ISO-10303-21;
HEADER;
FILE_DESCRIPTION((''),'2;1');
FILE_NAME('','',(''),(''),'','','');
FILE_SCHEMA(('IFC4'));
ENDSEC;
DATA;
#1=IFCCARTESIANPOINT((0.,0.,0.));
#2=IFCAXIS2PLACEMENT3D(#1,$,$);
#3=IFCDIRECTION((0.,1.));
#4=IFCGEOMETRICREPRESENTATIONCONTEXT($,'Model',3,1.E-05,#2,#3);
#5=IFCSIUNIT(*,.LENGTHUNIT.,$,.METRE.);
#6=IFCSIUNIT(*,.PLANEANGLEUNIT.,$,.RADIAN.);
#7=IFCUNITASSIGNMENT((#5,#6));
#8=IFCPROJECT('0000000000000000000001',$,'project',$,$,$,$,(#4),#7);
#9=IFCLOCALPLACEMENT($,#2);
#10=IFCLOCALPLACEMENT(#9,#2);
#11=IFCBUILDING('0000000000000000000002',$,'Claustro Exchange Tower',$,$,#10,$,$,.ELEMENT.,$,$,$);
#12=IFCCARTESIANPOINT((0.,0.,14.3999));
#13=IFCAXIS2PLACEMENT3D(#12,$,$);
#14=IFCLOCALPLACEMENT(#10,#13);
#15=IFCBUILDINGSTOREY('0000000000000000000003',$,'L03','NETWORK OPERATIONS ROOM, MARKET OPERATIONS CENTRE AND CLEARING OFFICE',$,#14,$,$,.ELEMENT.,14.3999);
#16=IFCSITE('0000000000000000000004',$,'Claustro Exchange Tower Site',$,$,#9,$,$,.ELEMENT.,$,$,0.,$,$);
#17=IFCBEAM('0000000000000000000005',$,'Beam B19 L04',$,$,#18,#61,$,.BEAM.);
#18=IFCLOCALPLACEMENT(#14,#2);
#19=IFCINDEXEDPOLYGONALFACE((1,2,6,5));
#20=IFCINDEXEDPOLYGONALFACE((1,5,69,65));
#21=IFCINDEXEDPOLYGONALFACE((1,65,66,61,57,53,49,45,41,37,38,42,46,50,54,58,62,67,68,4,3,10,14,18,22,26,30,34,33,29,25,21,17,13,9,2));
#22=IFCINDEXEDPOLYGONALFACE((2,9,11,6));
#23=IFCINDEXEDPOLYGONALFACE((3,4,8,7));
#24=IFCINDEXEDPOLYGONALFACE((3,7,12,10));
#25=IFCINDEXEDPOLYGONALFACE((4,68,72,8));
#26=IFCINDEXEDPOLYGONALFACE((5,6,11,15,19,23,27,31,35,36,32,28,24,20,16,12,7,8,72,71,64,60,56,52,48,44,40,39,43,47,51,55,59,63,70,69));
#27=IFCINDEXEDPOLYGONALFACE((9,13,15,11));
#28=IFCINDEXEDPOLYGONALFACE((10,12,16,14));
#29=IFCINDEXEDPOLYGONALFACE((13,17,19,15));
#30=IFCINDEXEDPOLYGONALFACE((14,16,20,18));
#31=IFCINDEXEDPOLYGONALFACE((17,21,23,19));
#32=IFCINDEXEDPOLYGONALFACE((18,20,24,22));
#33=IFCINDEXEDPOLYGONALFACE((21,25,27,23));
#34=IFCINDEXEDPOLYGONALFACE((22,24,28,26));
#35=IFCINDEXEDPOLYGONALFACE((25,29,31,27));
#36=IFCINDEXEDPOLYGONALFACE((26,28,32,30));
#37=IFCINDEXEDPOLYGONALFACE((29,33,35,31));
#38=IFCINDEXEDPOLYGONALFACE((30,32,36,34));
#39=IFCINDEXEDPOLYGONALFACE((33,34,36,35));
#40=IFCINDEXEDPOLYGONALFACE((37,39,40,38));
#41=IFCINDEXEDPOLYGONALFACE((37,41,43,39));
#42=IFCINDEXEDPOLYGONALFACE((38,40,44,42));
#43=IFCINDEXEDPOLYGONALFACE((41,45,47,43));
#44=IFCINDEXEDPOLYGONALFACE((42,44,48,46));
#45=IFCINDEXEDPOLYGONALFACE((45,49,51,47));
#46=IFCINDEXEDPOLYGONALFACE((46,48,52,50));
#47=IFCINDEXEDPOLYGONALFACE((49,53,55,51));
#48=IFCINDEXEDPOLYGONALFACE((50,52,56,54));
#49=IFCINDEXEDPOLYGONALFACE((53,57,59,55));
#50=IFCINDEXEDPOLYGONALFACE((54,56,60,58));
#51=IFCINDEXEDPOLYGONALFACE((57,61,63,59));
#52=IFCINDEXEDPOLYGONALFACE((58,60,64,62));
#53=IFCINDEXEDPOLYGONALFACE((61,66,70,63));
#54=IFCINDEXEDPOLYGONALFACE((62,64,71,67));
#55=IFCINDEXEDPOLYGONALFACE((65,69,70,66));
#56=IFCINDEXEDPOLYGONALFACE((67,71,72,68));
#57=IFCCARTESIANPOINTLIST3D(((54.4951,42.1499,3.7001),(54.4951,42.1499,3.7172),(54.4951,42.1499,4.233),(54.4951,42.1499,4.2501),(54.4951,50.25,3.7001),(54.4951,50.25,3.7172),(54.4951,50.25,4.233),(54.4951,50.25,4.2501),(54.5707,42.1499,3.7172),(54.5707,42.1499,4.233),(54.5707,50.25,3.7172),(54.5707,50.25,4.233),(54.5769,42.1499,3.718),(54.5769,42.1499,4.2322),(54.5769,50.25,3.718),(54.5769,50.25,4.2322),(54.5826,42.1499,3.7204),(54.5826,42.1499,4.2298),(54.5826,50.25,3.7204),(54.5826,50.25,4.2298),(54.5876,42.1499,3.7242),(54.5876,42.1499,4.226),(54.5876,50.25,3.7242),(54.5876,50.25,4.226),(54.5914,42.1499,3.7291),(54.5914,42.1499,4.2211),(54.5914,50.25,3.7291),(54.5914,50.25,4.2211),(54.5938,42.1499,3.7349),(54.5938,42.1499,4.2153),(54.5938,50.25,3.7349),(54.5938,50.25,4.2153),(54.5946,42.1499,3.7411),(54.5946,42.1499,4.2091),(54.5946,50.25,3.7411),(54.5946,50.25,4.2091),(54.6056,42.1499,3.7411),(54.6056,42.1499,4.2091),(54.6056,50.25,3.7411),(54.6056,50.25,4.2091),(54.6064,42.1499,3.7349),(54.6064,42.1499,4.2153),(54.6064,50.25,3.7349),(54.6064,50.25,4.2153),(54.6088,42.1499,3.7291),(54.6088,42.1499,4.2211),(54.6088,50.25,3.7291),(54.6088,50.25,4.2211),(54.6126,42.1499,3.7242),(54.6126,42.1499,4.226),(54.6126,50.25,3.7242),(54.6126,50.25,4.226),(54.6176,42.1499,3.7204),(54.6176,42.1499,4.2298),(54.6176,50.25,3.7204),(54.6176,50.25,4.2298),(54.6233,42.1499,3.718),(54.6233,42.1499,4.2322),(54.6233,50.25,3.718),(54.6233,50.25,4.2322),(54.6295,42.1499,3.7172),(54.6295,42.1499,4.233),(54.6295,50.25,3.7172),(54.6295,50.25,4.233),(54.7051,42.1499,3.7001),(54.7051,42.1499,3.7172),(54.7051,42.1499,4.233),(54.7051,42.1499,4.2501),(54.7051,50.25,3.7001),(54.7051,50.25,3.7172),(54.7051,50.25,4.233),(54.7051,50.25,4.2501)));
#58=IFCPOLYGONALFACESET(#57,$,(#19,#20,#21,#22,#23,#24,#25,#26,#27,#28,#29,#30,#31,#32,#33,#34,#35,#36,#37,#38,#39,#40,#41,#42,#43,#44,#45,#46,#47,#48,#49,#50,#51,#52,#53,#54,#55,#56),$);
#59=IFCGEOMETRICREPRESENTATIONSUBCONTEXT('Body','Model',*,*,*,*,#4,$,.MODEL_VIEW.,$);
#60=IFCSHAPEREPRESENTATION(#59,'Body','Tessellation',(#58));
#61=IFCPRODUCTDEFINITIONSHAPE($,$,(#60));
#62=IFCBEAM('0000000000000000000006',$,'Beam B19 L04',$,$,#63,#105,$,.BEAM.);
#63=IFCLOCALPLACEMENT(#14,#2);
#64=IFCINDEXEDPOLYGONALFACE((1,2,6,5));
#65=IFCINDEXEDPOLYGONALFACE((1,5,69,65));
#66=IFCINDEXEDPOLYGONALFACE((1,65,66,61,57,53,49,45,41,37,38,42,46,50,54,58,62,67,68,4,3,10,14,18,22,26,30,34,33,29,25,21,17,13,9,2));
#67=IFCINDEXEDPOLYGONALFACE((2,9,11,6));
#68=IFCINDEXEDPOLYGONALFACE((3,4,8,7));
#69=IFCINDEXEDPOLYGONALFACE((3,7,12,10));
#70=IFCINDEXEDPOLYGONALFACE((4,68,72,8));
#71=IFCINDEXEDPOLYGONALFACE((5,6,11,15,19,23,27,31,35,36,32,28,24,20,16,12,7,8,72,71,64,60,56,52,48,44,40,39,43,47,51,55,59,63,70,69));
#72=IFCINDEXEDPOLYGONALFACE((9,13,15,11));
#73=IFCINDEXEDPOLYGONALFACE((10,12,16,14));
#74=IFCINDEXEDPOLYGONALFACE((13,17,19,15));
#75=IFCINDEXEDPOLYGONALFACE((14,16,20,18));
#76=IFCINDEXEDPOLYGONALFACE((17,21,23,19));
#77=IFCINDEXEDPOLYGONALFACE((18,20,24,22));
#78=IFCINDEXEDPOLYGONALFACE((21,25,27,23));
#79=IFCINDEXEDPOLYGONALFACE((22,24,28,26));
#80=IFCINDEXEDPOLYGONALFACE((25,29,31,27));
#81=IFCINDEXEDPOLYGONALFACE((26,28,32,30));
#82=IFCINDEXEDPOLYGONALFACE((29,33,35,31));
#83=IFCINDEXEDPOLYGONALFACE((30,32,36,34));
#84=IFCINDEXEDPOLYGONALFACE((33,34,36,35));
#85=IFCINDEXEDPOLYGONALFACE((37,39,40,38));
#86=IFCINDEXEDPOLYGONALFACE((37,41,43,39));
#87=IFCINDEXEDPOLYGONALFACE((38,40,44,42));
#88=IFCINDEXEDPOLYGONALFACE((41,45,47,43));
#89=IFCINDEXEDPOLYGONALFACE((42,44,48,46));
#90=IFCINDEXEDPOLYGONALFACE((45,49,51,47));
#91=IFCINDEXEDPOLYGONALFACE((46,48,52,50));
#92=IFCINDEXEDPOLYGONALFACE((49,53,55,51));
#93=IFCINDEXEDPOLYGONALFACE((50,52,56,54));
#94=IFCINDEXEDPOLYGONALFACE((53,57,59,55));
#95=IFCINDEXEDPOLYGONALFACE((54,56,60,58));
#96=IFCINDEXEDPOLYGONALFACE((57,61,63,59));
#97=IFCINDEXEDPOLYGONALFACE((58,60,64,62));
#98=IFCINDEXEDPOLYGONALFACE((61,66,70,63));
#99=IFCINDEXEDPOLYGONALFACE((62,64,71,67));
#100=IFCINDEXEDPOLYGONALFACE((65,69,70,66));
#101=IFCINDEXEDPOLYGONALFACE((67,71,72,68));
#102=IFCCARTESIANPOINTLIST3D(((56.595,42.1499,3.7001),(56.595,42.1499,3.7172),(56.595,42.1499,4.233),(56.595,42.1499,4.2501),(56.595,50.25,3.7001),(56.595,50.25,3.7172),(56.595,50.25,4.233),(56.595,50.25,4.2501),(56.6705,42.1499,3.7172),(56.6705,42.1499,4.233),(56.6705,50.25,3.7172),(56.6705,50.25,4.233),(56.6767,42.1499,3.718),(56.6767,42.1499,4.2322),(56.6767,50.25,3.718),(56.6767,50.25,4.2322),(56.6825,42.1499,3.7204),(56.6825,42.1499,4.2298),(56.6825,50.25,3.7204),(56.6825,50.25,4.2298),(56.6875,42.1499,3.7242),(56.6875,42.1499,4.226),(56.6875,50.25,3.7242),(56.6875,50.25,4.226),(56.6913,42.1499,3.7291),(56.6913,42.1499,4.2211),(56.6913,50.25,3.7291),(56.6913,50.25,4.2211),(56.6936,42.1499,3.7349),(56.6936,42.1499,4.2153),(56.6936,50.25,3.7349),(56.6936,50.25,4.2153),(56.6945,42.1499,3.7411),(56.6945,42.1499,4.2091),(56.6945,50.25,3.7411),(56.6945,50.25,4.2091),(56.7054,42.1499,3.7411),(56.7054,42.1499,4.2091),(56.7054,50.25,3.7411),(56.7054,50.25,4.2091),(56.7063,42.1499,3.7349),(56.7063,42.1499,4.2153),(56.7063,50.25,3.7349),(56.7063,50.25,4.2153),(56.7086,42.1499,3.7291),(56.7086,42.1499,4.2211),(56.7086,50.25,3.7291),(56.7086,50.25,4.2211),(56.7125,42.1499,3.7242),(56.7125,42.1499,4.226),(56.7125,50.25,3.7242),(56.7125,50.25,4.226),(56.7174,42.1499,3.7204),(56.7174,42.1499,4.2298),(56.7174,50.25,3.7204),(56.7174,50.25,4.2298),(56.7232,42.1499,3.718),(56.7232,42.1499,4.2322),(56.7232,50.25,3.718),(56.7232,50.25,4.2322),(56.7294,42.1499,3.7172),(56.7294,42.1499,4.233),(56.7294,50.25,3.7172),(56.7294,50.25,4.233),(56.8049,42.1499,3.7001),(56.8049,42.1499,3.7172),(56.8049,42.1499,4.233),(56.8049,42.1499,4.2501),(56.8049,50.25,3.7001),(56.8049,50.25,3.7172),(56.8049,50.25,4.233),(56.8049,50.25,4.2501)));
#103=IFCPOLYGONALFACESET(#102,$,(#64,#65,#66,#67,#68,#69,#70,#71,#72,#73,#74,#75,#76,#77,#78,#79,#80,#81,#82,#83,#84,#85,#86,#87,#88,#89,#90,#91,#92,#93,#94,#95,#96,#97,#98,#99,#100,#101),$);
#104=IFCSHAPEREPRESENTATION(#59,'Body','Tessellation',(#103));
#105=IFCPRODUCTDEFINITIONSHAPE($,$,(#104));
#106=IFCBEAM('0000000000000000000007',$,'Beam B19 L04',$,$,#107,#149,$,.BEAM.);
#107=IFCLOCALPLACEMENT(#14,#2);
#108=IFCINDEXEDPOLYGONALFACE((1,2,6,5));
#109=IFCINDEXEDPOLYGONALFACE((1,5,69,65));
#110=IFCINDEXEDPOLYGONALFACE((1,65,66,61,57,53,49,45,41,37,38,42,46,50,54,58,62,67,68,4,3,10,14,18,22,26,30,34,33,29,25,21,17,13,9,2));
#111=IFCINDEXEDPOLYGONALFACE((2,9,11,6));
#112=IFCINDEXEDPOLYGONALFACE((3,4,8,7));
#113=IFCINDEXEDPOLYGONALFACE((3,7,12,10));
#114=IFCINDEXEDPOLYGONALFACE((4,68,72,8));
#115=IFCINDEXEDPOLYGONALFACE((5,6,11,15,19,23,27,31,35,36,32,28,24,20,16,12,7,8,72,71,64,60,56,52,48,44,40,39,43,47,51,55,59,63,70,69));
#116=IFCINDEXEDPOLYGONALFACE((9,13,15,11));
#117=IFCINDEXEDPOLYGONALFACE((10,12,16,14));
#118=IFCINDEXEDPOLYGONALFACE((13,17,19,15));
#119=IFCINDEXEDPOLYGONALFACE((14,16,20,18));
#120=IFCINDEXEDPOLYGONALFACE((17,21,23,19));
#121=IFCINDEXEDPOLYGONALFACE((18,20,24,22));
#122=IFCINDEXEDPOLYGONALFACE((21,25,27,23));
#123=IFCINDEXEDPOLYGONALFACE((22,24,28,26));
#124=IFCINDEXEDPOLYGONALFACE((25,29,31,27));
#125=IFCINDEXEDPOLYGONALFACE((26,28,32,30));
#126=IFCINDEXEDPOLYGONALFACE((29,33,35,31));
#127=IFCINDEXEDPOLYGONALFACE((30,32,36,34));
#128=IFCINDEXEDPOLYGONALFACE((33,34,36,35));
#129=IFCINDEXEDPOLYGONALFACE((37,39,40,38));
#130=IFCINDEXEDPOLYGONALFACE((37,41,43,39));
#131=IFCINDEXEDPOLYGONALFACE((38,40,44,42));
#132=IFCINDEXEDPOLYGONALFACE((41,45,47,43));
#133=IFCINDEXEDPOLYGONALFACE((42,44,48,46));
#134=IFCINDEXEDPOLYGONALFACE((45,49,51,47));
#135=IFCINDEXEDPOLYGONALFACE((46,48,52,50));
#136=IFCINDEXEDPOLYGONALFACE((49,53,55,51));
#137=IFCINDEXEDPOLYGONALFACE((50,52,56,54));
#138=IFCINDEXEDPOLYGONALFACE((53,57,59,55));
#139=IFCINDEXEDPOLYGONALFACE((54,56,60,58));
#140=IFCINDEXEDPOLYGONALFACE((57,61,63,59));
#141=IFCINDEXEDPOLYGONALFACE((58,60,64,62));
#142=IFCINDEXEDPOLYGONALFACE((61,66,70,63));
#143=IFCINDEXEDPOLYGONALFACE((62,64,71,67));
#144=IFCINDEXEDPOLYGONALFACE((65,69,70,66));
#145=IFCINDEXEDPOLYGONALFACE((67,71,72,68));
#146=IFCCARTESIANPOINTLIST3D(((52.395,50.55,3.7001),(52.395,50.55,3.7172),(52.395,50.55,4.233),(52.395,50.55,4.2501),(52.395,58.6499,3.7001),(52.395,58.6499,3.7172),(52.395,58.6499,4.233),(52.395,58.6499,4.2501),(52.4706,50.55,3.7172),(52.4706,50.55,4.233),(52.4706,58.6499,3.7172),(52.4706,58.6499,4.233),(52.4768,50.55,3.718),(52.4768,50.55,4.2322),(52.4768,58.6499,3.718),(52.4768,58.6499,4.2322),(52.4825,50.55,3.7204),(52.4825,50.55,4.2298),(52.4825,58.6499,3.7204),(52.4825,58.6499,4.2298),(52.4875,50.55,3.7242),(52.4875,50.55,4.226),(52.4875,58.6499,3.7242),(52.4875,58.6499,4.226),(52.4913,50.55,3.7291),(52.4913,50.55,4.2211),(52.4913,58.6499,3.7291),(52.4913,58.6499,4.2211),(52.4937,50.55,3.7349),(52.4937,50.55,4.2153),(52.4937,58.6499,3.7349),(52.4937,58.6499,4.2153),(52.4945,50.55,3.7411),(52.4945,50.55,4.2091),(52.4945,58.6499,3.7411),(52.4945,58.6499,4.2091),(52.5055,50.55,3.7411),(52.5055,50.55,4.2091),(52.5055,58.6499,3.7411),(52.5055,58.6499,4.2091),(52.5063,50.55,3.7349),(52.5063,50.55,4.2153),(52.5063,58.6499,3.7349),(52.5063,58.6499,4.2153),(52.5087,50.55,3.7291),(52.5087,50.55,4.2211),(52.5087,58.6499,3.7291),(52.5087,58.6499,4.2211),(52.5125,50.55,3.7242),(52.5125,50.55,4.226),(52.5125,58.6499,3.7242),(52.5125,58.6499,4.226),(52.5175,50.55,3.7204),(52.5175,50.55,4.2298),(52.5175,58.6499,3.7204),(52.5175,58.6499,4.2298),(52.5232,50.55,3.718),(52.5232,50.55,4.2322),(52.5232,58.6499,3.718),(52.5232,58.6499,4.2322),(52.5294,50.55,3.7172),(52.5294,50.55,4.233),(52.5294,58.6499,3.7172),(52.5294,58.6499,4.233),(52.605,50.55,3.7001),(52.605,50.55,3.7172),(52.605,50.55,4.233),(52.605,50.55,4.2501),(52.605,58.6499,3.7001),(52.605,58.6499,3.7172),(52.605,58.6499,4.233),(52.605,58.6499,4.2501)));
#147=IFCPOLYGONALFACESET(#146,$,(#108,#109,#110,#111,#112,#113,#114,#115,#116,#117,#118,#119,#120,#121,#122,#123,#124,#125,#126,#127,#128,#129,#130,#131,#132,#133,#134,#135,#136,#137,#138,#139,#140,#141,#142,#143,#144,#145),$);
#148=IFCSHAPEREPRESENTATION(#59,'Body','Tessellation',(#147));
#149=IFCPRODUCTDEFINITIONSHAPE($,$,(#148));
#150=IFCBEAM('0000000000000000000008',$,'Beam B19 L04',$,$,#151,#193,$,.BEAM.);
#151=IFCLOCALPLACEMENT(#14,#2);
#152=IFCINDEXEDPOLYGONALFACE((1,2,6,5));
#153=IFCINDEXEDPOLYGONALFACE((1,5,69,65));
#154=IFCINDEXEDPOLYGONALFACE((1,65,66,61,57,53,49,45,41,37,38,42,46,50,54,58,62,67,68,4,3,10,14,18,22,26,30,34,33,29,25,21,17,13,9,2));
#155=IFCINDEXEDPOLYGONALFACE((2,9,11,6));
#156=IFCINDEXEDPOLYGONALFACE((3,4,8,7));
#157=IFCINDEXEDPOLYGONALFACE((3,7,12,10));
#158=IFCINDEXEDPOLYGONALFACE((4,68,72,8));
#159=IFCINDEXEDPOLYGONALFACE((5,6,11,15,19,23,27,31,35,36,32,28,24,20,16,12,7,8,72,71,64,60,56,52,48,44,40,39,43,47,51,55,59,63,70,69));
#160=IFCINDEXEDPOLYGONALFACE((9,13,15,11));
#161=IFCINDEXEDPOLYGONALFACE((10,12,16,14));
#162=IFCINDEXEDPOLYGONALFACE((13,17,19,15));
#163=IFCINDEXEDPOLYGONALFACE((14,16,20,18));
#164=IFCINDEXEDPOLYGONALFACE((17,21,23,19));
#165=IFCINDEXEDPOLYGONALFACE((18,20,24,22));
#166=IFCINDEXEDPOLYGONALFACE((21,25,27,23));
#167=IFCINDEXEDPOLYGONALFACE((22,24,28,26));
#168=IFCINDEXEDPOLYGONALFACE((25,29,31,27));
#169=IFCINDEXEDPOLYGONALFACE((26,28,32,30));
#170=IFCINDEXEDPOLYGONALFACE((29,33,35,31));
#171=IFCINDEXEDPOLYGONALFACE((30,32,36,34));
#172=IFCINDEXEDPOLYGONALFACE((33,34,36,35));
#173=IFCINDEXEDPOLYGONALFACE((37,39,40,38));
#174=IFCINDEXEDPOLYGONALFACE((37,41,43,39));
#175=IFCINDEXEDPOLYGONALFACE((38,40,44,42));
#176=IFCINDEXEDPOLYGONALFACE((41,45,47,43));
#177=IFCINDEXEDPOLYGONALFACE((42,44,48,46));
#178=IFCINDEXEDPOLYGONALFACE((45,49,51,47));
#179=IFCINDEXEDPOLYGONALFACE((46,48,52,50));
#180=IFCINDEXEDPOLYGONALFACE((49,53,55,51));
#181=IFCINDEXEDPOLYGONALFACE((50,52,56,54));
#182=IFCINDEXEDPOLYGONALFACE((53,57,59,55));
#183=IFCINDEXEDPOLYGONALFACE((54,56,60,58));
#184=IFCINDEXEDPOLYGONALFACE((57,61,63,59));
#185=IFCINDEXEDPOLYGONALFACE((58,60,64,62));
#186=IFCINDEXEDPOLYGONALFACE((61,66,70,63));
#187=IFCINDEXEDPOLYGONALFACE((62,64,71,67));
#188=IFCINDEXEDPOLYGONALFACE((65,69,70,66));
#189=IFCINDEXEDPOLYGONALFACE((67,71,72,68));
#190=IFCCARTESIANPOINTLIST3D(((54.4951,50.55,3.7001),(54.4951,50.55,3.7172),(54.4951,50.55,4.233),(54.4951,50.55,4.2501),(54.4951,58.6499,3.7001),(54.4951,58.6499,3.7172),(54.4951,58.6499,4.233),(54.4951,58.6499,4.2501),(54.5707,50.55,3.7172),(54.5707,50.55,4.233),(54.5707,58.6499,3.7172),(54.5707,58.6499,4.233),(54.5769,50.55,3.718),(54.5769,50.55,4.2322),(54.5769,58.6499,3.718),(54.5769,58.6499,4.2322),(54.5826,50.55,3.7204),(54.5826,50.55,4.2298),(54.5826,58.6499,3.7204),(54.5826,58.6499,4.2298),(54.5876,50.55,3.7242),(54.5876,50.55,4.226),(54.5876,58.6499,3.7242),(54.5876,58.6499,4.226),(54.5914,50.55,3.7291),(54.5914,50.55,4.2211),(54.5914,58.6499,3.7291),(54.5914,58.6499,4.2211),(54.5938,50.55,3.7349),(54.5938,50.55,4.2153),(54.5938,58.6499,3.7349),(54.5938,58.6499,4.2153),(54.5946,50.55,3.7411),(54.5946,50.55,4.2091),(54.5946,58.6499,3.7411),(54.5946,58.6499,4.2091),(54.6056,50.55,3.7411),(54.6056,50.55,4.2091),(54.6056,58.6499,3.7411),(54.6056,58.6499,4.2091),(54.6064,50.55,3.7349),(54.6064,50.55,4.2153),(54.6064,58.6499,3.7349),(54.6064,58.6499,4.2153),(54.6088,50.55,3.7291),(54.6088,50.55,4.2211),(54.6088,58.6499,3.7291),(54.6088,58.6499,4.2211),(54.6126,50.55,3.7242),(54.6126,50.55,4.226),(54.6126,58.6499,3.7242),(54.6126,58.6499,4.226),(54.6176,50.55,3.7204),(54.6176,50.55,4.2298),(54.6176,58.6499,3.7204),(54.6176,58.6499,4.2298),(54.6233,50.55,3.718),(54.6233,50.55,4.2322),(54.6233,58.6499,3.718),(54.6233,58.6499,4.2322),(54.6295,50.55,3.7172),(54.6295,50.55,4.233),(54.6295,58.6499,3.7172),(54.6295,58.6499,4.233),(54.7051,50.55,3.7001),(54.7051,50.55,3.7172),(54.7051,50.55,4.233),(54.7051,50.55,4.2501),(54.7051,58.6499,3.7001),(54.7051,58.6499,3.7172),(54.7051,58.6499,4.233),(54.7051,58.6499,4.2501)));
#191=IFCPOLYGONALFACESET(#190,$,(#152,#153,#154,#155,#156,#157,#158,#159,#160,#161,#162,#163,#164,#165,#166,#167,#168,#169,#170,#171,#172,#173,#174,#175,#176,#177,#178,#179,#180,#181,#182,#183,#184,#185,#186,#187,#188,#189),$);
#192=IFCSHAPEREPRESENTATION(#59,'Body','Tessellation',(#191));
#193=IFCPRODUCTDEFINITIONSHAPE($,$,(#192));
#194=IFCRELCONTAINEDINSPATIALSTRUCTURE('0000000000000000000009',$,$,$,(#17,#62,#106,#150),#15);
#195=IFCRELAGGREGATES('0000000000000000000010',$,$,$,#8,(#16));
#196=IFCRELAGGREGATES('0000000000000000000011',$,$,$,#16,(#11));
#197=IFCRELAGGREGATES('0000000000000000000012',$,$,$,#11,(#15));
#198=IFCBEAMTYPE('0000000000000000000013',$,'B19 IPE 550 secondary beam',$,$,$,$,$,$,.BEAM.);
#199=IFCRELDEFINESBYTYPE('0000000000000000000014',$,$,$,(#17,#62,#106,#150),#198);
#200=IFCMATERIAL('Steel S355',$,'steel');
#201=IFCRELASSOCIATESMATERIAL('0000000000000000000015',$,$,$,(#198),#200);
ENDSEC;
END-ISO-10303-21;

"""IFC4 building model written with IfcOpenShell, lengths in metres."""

from ifc_helpers import new_model, si_unit, direction, frame, origin, origin_2d, place, context, subcontext, project, spatial, i_section, extrude, material, material_profile, profile_set, type_object, element, save


model = new_model("IFC4")

# Units and contexts
model_context = context("Model", 3, precision=1e-05, world=origin(), true_north=direction((0.0, 1.0)))
body_context = subcontext(model_context, "Body", "Model", "MODEL_VIEW")
ifc_project = project(units=[si_unit("LENGTHUNIT", "METRE"), si_unit("PLANEANGLEUNIT", "RADIAN")], contexts=[model_context])

# Site, building, storey
site_placement = place(None, origin())
site = spatial("IfcSite", under=ifc_project, at=site_placement, Name="Claustro Exchange Tower Site", CompositionType="ELEMENT", RefElevation=0.0)
building_placement = place(site_placement, origin())
building = spatial("IfcBuilding", under=site, at=building_placement, Name="Claustro Exchange Tower", CompositionType="ELEMENT")
storey_placement = place(building_placement, frame((0.0, 0.0, 14.3999)))
storey = spatial("IfcBuildingStorey", under=building, at=storey_placement, Name="L03", Description="NETWORK OPERATIONS ROOM, MARKET OPERATIONS CENTRE AND CLEARING OFFICE", CompositionType="ELEMENT", Elevation=14.3999)

# Beams
ifc_material_1 = material(Name="Steel S355", Category="steel")
ifc_material_profile_1 = material_profile(ifc_material_1, i_section(OverallWidth=0.21, OverallDepth=0.55, WebThickness=0.011, FlangeThickness=0.0171, FilletRadius=0.0239, at=origin_2d()), Name="IPE 550")
ifc_profile_set_1 = profile_set([ifc_material_profile_1], Name="Steel S355")
beam_type_1 = type_object("IfcBeamType", Name="B19 IPE 550 secondary beam", PredefinedType="BEAM", material=ifc_profile_set_1)
for number, where, z_axis, x_axis, name in (
    (1, (54.6001, 42.1499, 3.9751), (0.0, 1.0, 0.0), (-1.0, 0.0, 0.0), "Beam B19 L04"),
    (2, (56.7, 42.1499, 3.9751), (0.0, 1.0, 0.0), (-1.0, 0.0, 0.0), "Beam B19 L04"),
):
    element("IfcBeam", number, at=place(storey_placement, frame(where, z_axis=z_axis, x_axis=x_axis)), inside=storey, type_object=beam_type_1, Name=name, PredefinedType="BEAM", context=body_context, shape_type="SweptSolid", body=[
        extrude(i_section(OverallWidth=0.21, OverallDepth=0.55, WebThickness=0.011, FlangeThickness=0.0171, FilletRadius=0.0239, at=origin_2d()), origin(), (0.0, 0.0, 1.0), 8.1001),
    ])
for number, where, z_axis, x_axis, name in (
    (3, (52.5, 50.55, 3.9751), (0.0, 1.0, 0.0), (-1.0, 0.0, 0.0), "Beam B19 L04"),
    (4, (54.6001, 50.55, 3.9751), (0.0, 1.0, 0.0), (-1.0, 0.0, 0.0), "Beam B19 L04"),
):
    element("IfcBeam", number, at=place(storey_placement, frame(where, z_axis=z_axis, x_axis=x_axis)), inside=storey, type_object=beam_type_1, Name=name, PredefinedType="BEAM", context=body_context, shape_type="SweptSolid", body=[
        extrude(i_section(OverallWidth=0.21, OverallDepth=0.55, WebThickness=0.011, FlangeThickness=0.0171, FilletRadius=0.0239, at=origin_2d()), origin(), (0.0, 0.0, 1.0), 8.0999),
    ])

save(model, "model.ifc")
